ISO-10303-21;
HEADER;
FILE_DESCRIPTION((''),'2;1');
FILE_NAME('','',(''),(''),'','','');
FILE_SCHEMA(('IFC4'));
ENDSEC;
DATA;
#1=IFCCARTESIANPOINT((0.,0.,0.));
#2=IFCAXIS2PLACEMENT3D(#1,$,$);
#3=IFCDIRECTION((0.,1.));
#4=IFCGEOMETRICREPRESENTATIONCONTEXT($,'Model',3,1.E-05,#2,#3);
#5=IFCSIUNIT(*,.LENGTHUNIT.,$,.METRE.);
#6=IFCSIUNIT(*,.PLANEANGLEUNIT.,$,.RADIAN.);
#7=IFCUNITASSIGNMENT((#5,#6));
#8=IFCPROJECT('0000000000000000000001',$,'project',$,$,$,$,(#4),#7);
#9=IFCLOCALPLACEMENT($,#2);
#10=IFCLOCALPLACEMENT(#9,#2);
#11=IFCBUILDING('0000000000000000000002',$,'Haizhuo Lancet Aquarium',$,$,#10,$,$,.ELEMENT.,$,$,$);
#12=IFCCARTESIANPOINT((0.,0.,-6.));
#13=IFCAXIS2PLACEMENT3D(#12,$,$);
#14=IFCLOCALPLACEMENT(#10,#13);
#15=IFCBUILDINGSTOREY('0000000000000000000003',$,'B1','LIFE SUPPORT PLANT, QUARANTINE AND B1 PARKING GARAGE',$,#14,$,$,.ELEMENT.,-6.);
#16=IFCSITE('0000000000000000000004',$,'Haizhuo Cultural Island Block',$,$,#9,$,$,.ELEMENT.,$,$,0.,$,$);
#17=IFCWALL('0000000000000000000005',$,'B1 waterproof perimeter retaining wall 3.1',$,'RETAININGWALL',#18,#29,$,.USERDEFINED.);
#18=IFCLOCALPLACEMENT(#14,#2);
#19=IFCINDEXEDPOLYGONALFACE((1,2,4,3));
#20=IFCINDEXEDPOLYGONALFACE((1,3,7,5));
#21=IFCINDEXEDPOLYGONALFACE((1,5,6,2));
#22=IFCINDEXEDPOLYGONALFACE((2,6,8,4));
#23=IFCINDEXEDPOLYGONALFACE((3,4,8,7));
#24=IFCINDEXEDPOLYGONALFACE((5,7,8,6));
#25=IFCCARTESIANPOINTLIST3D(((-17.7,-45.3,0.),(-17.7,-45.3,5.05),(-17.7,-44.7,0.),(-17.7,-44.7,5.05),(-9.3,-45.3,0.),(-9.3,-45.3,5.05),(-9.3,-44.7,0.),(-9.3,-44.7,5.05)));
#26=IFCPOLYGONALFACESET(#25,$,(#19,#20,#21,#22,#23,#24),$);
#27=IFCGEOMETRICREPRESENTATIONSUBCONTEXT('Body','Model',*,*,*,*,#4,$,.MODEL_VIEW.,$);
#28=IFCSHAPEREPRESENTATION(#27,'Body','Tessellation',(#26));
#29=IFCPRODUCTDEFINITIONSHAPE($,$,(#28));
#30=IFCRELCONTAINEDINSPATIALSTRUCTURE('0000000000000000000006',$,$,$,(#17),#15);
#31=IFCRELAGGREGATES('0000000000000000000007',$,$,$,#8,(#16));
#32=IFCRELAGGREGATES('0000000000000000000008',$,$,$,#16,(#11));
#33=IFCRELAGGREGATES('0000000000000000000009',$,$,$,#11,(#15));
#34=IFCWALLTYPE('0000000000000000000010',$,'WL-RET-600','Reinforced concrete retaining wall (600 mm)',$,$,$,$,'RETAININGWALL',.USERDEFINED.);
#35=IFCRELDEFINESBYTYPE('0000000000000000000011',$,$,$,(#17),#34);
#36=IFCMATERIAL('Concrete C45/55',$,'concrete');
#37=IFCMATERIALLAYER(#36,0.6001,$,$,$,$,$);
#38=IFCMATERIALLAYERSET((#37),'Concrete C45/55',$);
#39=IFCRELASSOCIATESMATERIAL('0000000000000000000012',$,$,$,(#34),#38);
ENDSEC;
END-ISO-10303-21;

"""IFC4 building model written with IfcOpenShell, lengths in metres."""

from ifc_helpers import new_model, si_unit, direction, frame, frame_2d, origin, place, context, subcontext, project, spatial, rectangle, extrude, material, layer, layer_set, type_object, element, save


model = new_model("IFC4")

# Units and contexts
model_context = context("Model", 3, precision=1e-05, world=origin(), true_north=direction((0.0, 1.0)))
body_context = subcontext(model_context, "Body", "Model", "MODEL_VIEW")
ifc_project = project(units=[si_unit("LENGTHUNIT", "METRE"), si_unit("PLANEANGLEUNIT", "RADIAN")], contexts=[model_context])

# Site, building, storey
site_placement = place(None, origin())
site = spatial("IfcSite", under=ifc_project, at=site_placement, Name="Haizhuo Cultural Island Block", CompositionType="ELEMENT", RefElevation=0.0)
building_placement = place(site_placement, origin())
building = spatial("IfcBuilding", under=site, at=building_placement, Name="Haizhuo Lancet Aquarium", CompositionType="ELEMENT")
storey_placement = place(building_placement, frame((0.0, 0.0, -6.0)))
storey = spatial("IfcBuildingStorey", under=building, at=storey_placement, Name="B1", Description="LIFE SUPPORT PLANT, QUARANTINE AND B1 PARKING GARAGE", CompositionType="ELEMENT", Elevation=-6.0)

# Wall
ifc_material_1 = material(Name="Concrete C45/55", Category="concrete")
ifc_layer_1 = layer(ifc_material_1, 0.6001)
ifc_layer_set_1 = layer_set([ifc_layer_1], Name="Concrete C45/55")
wall_type_1 = type_object("IfcWallType", Name="WL-RET-600", Description="Reinforced concrete retaining wall (600 mm)", ElementType="RETAININGWALL", PredefinedType="USERDEFINED", material=ifc_layer_set_1)
wall_1_placement = place(storey_placement, frame((-17.7, -45.0, 0.0), z_axis=(0.0, 0.0, 1.0), x_axis=(1.0, 0.0, 0.0)))
element("IfcWall", 1, at=wall_1_placement, inside=storey, type_object=wall_type_1, Name="B1 waterproof perimeter retaining wall 3.1", ObjectType="RETAININGWALL", PredefinedType="USERDEFINED", context=body_context, shape_type="SweptSolid", body=[
    extrude(rectangle(XDim=8.3999, YDim=0.6001, at=frame_2d((4.2, 0.0))), origin(), (0.0, 0.0, 1.0), 5.05),
])

save(model, "model.ifc")
